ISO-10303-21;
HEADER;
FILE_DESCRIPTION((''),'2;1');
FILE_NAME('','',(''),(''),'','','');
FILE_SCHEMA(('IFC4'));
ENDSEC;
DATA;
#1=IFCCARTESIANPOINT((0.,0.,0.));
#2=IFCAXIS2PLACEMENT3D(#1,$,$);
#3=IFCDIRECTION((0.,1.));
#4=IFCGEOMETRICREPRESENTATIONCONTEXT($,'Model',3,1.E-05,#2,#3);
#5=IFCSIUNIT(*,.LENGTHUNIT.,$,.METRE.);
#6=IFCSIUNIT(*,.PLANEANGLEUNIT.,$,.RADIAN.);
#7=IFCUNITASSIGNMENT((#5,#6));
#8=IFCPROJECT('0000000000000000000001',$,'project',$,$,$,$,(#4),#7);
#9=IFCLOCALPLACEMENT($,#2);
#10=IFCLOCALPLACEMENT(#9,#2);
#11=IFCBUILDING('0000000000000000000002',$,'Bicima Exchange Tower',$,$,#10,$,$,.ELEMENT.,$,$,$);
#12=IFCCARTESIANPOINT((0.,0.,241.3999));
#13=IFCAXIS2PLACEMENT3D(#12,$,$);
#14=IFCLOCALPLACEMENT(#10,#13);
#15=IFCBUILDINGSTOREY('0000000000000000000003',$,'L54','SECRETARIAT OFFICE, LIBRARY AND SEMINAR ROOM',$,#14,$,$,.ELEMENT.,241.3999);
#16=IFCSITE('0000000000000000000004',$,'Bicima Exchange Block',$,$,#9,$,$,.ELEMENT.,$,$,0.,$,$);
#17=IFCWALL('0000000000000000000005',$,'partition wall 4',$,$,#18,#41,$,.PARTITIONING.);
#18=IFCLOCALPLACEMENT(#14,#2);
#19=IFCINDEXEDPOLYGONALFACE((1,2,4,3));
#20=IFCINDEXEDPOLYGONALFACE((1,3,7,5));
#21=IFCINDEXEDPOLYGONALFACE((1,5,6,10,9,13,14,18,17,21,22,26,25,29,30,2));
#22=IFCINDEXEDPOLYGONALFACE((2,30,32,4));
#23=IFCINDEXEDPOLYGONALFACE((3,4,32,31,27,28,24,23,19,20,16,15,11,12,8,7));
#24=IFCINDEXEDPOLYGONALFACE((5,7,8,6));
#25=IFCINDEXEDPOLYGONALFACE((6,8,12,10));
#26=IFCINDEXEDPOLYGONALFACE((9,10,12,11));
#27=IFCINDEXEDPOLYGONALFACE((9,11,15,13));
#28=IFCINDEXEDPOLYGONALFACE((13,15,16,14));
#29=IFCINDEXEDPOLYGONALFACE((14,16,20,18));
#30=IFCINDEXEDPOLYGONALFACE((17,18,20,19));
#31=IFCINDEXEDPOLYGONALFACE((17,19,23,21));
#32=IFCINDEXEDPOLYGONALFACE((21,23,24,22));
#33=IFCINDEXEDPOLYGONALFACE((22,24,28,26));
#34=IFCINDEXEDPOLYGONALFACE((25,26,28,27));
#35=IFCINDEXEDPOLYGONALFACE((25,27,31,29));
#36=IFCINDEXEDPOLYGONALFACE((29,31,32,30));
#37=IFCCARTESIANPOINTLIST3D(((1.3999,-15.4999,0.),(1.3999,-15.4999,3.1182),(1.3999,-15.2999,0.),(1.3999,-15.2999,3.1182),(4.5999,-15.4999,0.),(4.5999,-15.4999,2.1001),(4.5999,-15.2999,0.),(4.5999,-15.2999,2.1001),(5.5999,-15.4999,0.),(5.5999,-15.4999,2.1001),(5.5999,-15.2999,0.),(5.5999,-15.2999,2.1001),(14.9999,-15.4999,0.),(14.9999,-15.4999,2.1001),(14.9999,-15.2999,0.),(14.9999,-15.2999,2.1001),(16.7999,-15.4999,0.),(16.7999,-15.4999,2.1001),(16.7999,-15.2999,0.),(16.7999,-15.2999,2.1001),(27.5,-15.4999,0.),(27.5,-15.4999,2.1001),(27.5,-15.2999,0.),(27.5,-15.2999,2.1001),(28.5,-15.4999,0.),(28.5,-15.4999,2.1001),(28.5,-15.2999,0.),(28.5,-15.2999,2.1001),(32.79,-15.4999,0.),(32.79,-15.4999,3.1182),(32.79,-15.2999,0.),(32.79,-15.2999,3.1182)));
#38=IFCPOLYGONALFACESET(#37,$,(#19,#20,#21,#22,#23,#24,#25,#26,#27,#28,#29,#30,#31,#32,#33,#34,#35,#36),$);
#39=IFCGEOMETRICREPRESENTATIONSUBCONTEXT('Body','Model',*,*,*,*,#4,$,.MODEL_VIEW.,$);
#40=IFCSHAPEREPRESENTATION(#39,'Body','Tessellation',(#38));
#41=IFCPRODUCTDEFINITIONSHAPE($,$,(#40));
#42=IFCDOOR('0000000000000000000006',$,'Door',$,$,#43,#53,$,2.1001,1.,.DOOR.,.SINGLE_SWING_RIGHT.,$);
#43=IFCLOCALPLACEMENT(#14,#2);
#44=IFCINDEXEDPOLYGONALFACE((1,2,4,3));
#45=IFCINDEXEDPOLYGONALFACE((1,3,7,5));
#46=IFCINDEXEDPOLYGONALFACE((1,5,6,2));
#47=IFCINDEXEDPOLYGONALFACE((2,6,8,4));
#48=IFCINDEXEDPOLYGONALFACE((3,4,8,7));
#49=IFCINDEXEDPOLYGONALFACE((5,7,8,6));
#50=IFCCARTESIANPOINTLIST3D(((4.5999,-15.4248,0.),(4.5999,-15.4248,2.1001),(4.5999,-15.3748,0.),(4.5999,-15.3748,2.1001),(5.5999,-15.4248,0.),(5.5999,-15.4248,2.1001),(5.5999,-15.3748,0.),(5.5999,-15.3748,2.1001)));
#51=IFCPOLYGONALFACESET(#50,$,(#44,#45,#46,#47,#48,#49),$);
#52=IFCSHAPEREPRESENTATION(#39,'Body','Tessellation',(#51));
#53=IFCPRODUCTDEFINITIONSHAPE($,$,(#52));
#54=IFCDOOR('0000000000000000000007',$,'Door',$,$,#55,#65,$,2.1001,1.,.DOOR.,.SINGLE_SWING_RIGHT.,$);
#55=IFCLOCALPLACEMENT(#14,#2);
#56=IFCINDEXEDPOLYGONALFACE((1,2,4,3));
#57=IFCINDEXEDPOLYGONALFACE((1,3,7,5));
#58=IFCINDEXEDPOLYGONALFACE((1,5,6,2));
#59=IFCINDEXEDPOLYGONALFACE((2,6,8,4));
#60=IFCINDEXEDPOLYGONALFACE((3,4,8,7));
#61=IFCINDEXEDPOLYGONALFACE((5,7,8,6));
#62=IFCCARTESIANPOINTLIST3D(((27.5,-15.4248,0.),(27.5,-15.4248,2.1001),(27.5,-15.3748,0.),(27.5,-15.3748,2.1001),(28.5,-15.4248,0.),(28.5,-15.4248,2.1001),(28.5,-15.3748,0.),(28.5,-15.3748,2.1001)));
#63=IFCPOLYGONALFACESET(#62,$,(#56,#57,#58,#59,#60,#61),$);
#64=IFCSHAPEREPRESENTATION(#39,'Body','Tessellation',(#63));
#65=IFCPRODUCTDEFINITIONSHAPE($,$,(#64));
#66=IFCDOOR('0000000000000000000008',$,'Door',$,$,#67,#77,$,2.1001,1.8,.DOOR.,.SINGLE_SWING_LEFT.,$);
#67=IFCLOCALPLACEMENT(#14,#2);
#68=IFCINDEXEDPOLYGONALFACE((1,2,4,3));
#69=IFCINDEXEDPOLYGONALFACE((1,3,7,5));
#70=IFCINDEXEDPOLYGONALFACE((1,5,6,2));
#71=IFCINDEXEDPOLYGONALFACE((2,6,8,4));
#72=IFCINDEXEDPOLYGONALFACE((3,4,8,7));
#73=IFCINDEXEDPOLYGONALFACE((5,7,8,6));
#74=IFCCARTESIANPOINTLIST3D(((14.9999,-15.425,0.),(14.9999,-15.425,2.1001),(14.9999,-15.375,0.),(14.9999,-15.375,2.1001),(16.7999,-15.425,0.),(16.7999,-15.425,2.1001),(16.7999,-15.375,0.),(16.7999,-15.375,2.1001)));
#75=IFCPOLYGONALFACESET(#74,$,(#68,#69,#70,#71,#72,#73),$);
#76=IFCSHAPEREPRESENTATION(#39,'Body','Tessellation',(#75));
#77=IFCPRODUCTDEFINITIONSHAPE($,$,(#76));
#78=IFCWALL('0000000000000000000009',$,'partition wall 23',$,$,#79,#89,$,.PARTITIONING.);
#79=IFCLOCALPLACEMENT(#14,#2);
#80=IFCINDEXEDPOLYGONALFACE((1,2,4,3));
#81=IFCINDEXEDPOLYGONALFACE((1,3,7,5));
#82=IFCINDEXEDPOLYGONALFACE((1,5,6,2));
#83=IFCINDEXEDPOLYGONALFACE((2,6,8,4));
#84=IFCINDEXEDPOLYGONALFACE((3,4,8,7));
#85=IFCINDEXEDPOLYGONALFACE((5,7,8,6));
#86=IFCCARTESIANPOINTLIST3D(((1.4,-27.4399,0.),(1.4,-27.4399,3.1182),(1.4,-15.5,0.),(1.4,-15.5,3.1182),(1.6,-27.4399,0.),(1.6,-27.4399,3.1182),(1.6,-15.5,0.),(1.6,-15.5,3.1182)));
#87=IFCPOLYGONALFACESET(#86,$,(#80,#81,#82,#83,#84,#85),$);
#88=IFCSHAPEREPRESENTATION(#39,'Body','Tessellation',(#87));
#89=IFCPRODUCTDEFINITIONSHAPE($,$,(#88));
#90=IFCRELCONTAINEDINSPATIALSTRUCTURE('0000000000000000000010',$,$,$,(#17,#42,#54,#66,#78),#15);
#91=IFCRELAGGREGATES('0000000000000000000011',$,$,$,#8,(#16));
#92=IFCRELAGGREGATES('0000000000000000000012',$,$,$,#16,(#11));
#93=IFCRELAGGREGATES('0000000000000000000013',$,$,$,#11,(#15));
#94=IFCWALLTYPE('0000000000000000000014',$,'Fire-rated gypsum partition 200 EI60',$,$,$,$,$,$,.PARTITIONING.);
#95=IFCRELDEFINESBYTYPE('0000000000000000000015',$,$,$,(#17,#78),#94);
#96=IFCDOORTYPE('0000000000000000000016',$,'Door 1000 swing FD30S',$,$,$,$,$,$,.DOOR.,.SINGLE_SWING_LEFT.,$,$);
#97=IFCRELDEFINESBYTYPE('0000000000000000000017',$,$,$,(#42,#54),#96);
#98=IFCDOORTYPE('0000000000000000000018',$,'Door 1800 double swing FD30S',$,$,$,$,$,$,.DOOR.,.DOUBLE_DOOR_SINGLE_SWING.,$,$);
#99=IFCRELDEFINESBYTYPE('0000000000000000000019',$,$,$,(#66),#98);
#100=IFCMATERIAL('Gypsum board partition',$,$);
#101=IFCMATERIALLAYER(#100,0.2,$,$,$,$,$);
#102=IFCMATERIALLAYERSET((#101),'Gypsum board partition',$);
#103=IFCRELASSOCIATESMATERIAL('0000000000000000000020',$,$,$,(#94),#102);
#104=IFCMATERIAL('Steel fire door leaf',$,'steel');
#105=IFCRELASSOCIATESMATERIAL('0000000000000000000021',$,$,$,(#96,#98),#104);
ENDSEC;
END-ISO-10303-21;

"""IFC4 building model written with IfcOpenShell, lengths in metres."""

from ifc_helpers import new_model, si_unit, direction, frame, frame_2d, origin, place, context, subcontext, project, spatial, rectangle, extrude, material, layer, layer_set, type_object, element, fill, save


model = new_model("IFC4")

# Units and contexts
model_context = context("Model", 3, precision=1e-05, world=origin(), true_north=direction((0.0, 1.0)))
body_context = subcontext(model_context, "Body", "Model", "MODEL_VIEW")
ifc_project = project(units=[si_unit("LENGTHUNIT", "METRE"), si_unit("PLANEANGLEUNIT", "RADIAN")], contexts=[model_context])

# Site, building, storey
site_placement = place(None, origin())
site = spatial("IfcSite", under=ifc_project, at=site_placement, Name="Bicima Exchange Block", CompositionType="ELEMENT", RefElevation=0.0)
building_placement = place(site_placement, origin())
building = spatial("IfcBuilding", under=site, at=building_placement, Name="Bicima Exchange Tower", CompositionType="ELEMENT")
storey_placement = place(building_placement, frame((0.0, 0.0, 241.3999)))
storey = spatial("IfcBuildingStorey", under=building, at=storey_placement, Name="L54", Description="SECRETARIAT OFFICE, LIBRARY AND SEMINAR ROOM", CompositionType="ELEMENT", Elevation=241.3999)

# Wall, openings, doors
ifc_material_1 = material(Name="Gypsum board partition")
ifc_layer_1 = layer(ifc_material_1, 0.2)
ifc_layer_set_1 = layer_set([ifc_layer_1], Name="Gypsum board partition")
wall_type = type_object("IfcWallType", Name="Fire-rated gypsum partition 200 EI60", PredefinedType="PARTITIONING", material=ifc_layer_set_1)
wall_1_placement = place(storey_placement, frame((1.3999, -15.3999, 0.0), z_axis=(0.0, 0.0, 1.0), x_axis=(1.0, 0.0, 0.0)))
wall_1 = element("IfcWall", 1, at=wall_1_placement, inside=storey, type_object=wall_type, Name="partition wall 4", PredefinedType="PARTITIONING", context=body_context, shape_type="SweptSolid", body=[
    extrude(rectangle(XDim=31.3901, YDim=0.2, at=frame_2d((15.6951, 0.0))), origin(), (0.0, 0.0, 1.0), 3.1182),
])
opening_1_placement = place(wall_1_placement, frame((3.2, 0.0, 0.0)))
opening_1 = element("IfcOpeningElement", 2, at=opening_1_placement, cuts=wall_1, PredefinedType="OPENING", context=body_context, shape_type="SweptSolid", body=[
    extrude(rectangle(XDim=1.0, YDim=2.1001, at=frame_2d((0.5, 1.05))), frame((0.0, 0.1118, 0.0), z_axis=(0.0, -1.0, 0.0), x_axis=(1.0, 0.0, 0.0)), (0.0, 0.0, 1.0), 0.2239),
])
opening_2_placement = place(wall_1_placement, frame((13.6001, 0.0, 0.0)))
opening_2 = element("IfcOpeningElement", 3, at=opening_2_placement, cuts=wall_1, PredefinedType="OPENING", context=body_context, shape_type="SweptSolid", body=[
    extrude(rectangle(XDim=1.8, YDim=2.1001, at=frame_2d((0.8999, 1.05))), frame((0.0, 0.1118, 0.0), z_axis=(0.0, -1.0, 0.0), x_axis=(1.0, 0.0, 0.0)), (0.0, 0.0, 1.0), 0.2239),
])
opening_3_placement = place(wall_1_placement, frame((26.1001, 0.0, 0.0)))
opening_3 = element("IfcOpeningElement", 4, at=opening_3_placement, cuts=wall_1, PredefinedType="OPENING", context=body_context, shape_type="SweptSolid", body=[
    extrude(rectangle(XDim=1.0, YDim=2.1001, at=frame_2d((0.5, 1.05))), frame((0.0, 0.1118, 0.0), z_axis=(0.0, -1.0, 0.0), x_axis=(1.0, 0.0, 0.0)), (0.0, 0.0, 1.0), 0.2239),
])
ifc_material_2 = material(Name="Steel fire door leaf", Category="steel")
door_type_1 = type_object("IfcDoorType", Name="Door 1000 swing FD30S", OperationType="SINGLE_SWING_LEFT", PredefinedType="DOOR", material=ifc_material_2)
door_1_placement = place(opening_1_placement, frame((1.0, 0.0, 0.0), z_axis=(0.0, 0.0, 1.0), x_axis=(-1.0, 0.0, 0.0)))
door_1 = element("IfcDoor", 5, at=door_1_placement, inside=storey, type_object=door_type_1, Name="Door", OperationType="SINGLE_SWING_RIGHT", OverallHeight=2.1001, OverallWidth=1.0, PredefinedType="DOOR", context=body_context, shape_type="SweptSolid", body=[
    extrude(rectangle(XDim=1.0, YDim=2.1001, at=frame_2d((0.5, 1.05))), frame((0.0, 0.0249, 0.0), z_axis=(0.0, -1.0, 0.0), x_axis=(1.0, 0.0, 0.0)), (0.0, 0.0, 1.0), 0.05),
])
fill(opening_1, door_1)
door_2_placement = place(opening_3_placement, frame((1.0, 0.0, 0.0), z_axis=(0.0, 0.0, 1.0), x_axis=(-1.0, 0.0, 0.0)))
door_2 = element("IfcDoor", 6, at=door_2_placement, inside=storey, type_object=door_type_1, Name="Door", OperationType="SINGLE_SWING_RIGHT", OverallHeight=2.1001, OverallWidth=1.0, PredefinedType="DOOR", context=body_context, shape_type="SweptSolid", body=[
    extrude(rectangle(XDim=1.0, YDim=2.1001, at=frame_2d((0.5, 1.05))), frame((0.0, 0.0249, 0.0), z_axis=(0.0, -1.0, 0.0), x_axis=(1.0, 0.0, 0.0)), (0.0, 0.0, 1.0), 0.05),
])
fill(opening_3, door_2)
door_type_2 = type_object("IfcDoorType", Name="Door 1800 double swing FD30S", OperationType="DOUBLE_DOOR_SINGLE_SWING", PredefinedType="DOOR", material=ifc_material_2)
door_3_placement = place(opening_2_placement, origin())
door_3 = element("IfcDoor", 7, at=door_3_placement, inside=storey, type_object=door_type_2, Name="Door", OperationType="SINGLE_SWING_LEFT", OverallHeight=2.1001, OverallWidth=1.8, PredefinedType="DOOR", context=body_context, shape_type="SweptSolid", body=[
    extrude(rectangle(XDim=1.8, YDim=2.1001, at=frame_2d((0.8999, 1.05))), frame((0.0, 0.0249, 0.0), z_axis=(0.0, -1.0, 0.0), x_axis=(1.0, 0.0, 0.0)), (0.0, 0.0, 1.0), 0.05),
])
fill(opening_2, door_3)

# Wall
wall_2_placement = place(storey_placement, frame((1.5, -27.4399, 0.0), z_axis=(0.0, 0.0, 1.0), x_axis=(0.0, 1.0, 0.0)))
element("IfcWall", 8, at=wall_2_placement, inside=storey, type_object=wall_type, Name="partition wall 23", PredefinedType="PARTITIONING", context=body_context, shape_type="SweptSolid", body=[
    extrude(rectangle(XDim=11.9399, YDim=0.2, at=frame_2d((5.97, 0.0))), origin(), (0.0, 0.0, 1.0), 3.1182),
])

save(model, "model.ifc")
